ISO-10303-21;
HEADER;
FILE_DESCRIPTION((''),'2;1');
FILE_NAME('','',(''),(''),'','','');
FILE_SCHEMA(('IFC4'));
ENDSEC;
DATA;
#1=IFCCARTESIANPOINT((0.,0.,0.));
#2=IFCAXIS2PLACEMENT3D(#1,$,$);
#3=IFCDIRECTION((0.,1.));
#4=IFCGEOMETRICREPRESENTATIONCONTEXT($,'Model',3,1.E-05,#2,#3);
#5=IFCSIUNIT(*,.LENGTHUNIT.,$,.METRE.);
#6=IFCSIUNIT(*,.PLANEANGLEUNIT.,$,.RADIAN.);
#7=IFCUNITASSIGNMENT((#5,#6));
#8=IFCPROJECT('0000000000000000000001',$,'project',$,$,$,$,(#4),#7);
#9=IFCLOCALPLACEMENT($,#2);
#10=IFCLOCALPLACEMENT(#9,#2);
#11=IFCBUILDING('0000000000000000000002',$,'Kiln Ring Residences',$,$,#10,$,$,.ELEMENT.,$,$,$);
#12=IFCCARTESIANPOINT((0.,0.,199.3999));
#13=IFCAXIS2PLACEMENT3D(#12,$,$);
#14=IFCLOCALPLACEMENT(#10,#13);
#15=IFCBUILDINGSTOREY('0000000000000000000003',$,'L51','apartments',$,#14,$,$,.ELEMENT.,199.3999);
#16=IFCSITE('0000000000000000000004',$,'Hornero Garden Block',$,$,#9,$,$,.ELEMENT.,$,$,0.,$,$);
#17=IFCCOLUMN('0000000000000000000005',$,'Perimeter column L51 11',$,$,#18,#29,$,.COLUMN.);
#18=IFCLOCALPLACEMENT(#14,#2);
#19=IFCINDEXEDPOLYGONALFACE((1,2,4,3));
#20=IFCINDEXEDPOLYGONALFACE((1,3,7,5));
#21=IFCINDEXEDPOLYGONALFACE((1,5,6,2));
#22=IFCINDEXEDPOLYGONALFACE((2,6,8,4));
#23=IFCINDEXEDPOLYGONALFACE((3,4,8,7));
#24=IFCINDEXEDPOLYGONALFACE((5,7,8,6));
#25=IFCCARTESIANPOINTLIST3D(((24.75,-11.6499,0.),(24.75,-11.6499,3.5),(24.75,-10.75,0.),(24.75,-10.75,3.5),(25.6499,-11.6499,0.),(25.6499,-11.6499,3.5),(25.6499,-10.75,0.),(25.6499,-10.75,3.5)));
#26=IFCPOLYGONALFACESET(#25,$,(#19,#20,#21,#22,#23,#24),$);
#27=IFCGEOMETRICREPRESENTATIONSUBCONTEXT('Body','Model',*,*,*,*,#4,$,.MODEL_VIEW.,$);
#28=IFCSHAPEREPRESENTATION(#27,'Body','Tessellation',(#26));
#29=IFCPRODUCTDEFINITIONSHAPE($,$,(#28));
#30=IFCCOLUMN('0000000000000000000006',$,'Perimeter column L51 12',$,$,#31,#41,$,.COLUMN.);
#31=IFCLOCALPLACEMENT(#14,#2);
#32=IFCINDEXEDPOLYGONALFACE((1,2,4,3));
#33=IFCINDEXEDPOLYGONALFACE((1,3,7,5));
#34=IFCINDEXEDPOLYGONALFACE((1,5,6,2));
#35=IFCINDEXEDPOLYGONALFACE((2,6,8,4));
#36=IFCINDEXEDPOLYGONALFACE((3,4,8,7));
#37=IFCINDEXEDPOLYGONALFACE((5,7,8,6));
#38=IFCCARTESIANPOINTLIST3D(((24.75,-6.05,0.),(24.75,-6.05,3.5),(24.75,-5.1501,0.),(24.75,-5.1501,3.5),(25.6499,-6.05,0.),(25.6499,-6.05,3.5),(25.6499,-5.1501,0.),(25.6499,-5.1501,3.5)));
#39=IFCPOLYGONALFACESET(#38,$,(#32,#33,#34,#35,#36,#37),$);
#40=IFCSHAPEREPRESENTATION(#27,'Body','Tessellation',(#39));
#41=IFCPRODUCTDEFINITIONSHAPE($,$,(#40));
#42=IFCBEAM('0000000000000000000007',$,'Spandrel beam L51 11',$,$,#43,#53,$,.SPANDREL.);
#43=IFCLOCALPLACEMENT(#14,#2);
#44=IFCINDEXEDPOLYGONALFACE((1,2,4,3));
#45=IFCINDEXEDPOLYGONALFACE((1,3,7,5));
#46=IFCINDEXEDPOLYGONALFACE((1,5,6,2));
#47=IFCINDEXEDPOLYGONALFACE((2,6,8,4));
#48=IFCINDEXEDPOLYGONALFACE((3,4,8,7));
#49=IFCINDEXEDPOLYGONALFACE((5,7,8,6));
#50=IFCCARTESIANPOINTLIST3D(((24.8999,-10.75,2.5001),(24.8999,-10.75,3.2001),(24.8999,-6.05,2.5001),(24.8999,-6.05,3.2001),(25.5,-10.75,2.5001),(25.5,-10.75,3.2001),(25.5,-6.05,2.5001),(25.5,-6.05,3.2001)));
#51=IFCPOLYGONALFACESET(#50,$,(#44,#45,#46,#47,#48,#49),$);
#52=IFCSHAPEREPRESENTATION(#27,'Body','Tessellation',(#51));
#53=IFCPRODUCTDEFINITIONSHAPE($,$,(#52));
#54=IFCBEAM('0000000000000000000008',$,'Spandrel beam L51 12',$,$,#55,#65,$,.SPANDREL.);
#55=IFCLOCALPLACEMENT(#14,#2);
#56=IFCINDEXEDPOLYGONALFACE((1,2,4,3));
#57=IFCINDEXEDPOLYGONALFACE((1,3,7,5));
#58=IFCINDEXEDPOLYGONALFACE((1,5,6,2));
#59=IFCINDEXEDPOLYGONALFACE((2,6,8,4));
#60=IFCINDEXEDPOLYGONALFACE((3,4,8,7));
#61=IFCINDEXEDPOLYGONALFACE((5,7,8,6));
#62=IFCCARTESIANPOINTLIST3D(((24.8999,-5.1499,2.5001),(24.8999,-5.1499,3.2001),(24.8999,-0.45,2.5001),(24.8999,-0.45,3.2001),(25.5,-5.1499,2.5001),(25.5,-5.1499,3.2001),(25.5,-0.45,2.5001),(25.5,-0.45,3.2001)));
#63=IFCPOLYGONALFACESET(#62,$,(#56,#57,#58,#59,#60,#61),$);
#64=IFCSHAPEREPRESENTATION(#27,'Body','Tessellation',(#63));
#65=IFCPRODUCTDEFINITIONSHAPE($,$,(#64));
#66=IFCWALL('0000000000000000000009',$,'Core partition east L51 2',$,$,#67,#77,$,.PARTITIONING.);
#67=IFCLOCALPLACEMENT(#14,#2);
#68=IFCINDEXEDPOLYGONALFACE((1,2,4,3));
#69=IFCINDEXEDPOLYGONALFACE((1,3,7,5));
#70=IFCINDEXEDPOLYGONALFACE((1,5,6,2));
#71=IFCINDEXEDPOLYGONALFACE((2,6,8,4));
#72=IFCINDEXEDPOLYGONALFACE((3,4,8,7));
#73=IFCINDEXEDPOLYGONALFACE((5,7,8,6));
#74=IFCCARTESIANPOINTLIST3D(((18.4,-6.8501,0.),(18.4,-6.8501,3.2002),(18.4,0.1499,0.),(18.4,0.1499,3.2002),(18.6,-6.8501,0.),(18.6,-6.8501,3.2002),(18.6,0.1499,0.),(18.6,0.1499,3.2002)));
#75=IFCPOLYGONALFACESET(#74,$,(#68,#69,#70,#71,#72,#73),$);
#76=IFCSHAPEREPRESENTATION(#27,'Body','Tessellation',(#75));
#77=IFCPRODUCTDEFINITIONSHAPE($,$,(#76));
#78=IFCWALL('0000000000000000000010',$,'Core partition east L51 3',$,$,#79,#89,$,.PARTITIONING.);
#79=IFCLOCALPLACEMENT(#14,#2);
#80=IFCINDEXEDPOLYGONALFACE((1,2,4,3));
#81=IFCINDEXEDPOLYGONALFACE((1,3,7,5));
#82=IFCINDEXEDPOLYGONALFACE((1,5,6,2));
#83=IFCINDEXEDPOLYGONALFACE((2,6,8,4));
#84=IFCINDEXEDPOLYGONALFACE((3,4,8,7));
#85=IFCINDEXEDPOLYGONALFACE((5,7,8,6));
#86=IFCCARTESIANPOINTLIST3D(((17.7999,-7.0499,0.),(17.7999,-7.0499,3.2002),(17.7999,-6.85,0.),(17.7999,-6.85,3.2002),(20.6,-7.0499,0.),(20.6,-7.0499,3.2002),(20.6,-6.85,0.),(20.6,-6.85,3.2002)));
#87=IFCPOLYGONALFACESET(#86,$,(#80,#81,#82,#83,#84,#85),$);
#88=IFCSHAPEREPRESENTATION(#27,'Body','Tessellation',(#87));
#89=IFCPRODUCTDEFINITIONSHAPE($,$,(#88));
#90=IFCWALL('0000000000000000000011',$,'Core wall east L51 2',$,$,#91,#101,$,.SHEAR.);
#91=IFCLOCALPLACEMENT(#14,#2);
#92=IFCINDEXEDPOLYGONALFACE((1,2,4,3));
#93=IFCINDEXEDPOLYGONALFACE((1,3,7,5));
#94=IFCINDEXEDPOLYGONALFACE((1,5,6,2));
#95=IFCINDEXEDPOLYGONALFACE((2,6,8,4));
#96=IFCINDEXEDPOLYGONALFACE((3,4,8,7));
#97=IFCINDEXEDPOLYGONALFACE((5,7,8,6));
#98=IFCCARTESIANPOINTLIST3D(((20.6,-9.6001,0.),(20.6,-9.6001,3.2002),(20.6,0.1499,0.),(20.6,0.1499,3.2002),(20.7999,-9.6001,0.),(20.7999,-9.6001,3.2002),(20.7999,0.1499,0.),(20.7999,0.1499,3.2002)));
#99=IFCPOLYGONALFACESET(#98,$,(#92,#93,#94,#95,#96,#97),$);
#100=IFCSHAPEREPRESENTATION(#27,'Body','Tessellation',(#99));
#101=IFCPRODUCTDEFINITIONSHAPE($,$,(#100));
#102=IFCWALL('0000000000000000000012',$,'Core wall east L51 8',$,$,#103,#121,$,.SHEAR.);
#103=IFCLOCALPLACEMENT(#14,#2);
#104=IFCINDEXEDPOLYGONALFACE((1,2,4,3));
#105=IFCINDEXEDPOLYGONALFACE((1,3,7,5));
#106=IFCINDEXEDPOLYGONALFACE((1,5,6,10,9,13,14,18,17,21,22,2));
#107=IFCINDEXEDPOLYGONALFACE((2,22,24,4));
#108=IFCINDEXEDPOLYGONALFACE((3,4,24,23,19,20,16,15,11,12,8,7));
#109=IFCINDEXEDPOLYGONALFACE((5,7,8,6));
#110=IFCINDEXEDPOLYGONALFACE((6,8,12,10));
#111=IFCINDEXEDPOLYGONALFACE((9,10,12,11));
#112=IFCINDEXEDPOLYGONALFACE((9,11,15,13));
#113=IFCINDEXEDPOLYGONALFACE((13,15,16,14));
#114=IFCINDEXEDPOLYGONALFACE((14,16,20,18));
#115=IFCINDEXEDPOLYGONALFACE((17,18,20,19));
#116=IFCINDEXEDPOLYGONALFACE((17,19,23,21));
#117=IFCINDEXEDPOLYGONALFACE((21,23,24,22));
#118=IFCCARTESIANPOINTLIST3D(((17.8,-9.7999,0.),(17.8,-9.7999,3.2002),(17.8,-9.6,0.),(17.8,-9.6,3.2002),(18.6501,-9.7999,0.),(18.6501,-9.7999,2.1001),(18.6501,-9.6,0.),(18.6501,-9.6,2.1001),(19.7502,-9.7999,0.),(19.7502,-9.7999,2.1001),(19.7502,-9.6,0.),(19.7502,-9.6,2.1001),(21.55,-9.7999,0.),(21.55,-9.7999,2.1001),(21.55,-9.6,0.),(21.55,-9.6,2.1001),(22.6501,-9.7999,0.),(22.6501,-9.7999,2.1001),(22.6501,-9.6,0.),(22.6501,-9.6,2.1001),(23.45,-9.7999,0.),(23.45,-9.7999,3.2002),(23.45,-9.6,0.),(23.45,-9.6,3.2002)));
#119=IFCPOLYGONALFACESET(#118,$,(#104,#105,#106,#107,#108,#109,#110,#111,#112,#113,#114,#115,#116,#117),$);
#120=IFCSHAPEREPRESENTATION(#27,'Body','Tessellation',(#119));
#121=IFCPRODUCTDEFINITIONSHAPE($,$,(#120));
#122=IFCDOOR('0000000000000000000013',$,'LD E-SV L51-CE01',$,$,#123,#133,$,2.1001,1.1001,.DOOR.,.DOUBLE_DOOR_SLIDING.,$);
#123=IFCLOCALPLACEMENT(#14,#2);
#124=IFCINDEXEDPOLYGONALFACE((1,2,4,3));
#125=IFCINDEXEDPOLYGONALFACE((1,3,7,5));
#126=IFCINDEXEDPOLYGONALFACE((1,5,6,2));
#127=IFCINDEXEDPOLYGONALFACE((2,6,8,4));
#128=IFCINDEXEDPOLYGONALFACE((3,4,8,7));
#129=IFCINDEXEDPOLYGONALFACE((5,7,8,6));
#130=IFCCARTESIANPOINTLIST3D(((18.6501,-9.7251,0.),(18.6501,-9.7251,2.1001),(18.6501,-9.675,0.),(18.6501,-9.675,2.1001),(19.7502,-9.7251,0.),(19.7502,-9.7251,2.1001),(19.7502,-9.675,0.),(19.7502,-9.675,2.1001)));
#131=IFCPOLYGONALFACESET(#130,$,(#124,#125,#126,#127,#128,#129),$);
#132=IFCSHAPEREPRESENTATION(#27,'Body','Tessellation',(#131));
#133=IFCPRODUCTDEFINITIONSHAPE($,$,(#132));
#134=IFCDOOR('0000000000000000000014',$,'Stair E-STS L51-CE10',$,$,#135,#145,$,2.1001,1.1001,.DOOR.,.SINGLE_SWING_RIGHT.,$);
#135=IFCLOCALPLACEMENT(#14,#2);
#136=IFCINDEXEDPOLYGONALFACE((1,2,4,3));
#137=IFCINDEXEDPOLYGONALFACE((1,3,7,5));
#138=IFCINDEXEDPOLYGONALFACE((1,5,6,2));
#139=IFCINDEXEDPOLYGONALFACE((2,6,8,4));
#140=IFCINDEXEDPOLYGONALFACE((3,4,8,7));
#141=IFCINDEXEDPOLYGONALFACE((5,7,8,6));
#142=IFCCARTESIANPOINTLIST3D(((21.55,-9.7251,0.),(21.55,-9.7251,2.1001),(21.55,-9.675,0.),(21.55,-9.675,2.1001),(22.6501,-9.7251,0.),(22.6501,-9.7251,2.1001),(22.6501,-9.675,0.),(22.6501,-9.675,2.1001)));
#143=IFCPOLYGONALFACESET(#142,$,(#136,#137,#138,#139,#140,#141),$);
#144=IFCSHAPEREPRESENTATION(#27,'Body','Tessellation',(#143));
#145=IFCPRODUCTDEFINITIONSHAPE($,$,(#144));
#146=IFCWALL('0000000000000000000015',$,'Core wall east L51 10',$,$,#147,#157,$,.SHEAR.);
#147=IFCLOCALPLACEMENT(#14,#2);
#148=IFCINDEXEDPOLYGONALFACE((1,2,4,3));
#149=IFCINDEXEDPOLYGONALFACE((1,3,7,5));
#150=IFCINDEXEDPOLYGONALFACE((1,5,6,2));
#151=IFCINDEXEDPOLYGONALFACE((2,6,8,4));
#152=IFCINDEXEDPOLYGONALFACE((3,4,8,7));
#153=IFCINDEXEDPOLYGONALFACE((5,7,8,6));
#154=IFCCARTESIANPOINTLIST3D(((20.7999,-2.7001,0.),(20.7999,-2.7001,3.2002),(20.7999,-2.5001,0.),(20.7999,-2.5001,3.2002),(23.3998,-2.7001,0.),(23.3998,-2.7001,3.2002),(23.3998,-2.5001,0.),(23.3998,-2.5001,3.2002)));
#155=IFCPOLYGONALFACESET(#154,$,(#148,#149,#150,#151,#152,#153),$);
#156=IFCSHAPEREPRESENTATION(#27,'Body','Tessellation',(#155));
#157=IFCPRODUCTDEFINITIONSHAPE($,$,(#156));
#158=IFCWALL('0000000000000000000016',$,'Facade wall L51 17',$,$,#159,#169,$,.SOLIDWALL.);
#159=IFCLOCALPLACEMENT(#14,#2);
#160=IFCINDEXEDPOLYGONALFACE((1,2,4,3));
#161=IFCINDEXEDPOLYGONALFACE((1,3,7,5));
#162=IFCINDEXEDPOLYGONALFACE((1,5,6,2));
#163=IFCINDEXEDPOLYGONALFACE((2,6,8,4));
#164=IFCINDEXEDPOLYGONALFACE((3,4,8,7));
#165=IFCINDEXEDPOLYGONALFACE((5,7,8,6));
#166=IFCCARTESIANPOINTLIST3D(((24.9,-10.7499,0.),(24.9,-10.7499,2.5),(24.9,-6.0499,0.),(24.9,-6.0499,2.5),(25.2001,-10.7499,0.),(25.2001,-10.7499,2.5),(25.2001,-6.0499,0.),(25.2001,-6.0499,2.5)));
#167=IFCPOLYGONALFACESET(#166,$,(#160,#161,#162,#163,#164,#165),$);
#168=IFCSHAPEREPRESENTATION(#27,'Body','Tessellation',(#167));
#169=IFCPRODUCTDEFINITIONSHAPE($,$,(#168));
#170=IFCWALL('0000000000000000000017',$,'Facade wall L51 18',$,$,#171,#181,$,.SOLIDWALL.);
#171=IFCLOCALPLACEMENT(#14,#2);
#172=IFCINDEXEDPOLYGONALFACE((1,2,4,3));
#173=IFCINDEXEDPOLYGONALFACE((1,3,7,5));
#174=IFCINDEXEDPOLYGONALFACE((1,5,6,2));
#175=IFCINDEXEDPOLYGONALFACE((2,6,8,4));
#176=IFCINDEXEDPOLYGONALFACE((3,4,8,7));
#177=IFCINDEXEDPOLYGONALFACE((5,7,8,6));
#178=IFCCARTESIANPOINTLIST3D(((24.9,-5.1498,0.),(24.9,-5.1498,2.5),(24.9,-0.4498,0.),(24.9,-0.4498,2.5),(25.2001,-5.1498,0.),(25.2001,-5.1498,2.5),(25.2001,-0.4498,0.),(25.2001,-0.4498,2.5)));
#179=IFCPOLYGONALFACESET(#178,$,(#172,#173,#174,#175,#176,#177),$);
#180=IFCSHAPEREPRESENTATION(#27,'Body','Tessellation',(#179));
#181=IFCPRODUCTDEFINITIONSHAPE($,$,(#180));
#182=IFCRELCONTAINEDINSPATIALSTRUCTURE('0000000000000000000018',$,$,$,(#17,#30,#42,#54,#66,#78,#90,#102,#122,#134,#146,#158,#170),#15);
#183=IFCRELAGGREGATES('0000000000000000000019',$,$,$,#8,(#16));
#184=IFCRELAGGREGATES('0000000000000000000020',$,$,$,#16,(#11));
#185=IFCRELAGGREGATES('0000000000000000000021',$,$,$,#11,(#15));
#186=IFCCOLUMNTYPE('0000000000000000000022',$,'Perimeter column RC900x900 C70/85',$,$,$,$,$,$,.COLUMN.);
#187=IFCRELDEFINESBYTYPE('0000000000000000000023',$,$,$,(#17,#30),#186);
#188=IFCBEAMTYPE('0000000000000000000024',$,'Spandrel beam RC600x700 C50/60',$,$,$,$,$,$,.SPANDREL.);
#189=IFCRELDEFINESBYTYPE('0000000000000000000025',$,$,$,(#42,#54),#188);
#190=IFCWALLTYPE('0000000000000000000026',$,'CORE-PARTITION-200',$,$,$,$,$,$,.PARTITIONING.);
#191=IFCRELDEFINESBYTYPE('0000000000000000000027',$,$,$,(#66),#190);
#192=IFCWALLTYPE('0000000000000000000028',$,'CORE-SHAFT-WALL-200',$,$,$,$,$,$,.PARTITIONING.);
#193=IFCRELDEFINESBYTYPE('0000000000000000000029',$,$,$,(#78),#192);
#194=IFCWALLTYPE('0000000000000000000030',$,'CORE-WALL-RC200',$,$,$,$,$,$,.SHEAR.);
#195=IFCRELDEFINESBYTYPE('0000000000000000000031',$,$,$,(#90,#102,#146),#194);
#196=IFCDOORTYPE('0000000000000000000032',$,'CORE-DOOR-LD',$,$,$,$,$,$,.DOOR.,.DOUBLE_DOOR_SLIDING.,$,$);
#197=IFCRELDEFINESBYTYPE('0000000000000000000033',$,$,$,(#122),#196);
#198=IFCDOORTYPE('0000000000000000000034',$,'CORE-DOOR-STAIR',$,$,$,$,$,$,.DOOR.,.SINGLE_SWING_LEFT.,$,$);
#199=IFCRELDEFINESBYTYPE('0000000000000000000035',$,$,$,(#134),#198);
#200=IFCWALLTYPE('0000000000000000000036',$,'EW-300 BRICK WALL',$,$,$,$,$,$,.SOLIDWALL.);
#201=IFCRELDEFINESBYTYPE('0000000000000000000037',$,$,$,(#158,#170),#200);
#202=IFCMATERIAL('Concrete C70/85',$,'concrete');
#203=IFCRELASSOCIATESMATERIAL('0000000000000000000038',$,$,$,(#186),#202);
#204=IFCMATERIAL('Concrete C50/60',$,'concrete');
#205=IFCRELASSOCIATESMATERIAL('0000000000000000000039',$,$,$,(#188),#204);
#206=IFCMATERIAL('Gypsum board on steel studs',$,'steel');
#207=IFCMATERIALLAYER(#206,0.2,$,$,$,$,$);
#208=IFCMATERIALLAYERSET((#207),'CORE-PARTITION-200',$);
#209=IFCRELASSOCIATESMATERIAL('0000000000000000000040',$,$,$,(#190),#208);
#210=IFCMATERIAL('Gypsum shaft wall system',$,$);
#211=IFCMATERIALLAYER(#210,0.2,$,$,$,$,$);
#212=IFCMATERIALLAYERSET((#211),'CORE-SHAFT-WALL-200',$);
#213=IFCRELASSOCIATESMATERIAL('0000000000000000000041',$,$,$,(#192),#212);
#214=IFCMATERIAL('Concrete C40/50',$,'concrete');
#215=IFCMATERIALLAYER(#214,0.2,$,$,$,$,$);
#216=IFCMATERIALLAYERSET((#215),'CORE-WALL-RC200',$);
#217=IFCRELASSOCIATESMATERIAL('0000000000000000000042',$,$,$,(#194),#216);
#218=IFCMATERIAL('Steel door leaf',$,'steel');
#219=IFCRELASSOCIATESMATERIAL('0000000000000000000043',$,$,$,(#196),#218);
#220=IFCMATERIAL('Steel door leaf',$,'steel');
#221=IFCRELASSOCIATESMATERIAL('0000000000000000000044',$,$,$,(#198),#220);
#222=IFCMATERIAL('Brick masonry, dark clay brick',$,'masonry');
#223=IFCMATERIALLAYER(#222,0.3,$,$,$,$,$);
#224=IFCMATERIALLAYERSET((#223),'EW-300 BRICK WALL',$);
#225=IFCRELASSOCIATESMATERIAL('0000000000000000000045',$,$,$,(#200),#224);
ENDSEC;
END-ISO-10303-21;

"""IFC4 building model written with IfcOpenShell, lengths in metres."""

from ifc_helpers import new_model, si_unit, direction, frame, frame_2d, origin, origin_2d, place, context, subcontext, project, spatial, rectangle, extrude, material, layer, layer_set, material_profile, profile_set, type_object, element, fill, save


model = new_model("IFC4")

# Units and contexts
model_context = context("Model", 3, precision=1e-05, world=origin(), true_north=direction((0.0, 1.0)))
body_context = subcontext(model_context, "Body", "Model", "MODEL_VIEW")
ifc_project = project(units=[si_unit("LENGTHUNIT", "METRE"), si_unit("PLANEANGLEUNIT", "RADIAN")], contexts=[model_context])

# Site, building, storey
site_placement = place(None, origin())
site = spatial("IfcSite", under=ifc_project, at=site_placement, Name="Hornero Garden Block", CompositionType="ELEMENT", RefElevation=0.0)
building_placement = place(site_placement, origin())
building = spatial("IfcBuilding", under=site, at=building_placement, Name="Kiln Ring Residences", CompositionType="ELEMENT")
storey_placement = place(building_placement, frame((0.0, 0.0, 199.3999)))
storey = spatial("IfcBuildingStorey", under=building, at=storey_placement, Name="L51", Description="apartments", CompositionType="ELEMENT", Elevation=199.3999)

# Columns
ifc_material_1 = material(Name="Concrete C70/85", Category="concrete")
ifc_material_profile_1 = material_profile(ifc_material_1, rectangle(XDim=0.8999, YDim=0.8999, at=origin_2d()), Name="RC900x900")
ifc_profile_set_1 = profile_set([ifc_material_profile_1], Name="Concrete C70/85")
column_type = type_object("IfcColumnType", Name="Perimeter column RC900x900 C70/85", PredefinedType="COLUMN", material=ifc_profile_set_1)
for number, where, z_axis, x_axis, name in (
    (1, (25.2, -11.2, 0.0), (0.0, 0.0, 1.0), (1.0, 0.0, 0.0), "Perimeter column L51 11"),
    (2, (25.2, -5.6001, 0.0), (0.0, 0.0, 1.0), (1.0, 0.0, 0.0), "Perimeter column L51 12"),
):
    element("IfcColumn", number, at=place(storey_placement, frame(where, z_axis=z_axis, x_axis=x_axis)), inside=storey, type_object=column_type, Name=name, PredefinedType="COLUMN", context=body_context, shape_type="SweptSolid", body=[
        extrude(rectangle(XDim=0.8999, YDim=0.8999, at=origin_2d()), origin(), (0.0, 0.0, 1.0), 3.5),
    ])

# Beams
ifc_material_2 = material(Name="Concrete C50/60", Category="concrete")
ifc_material_profile_2 = material_profile(ifc_material_2, rectangle(XDim=0.6001, YDim=0.7, at=origin_2d()), Name="RC600x700")
ifc_profile_set_2 = profile_set([ifc_material_profile_2], Name="Concrete C50/60")
beam_type = type_object("IfcBeamType", Name="Spandrel beam RC600x700 C50/60", PredefinedType="SPANDREL", material=ifc_profile_set_2)
for number, where, z_axis, x_axis, name in (
    (3, (25.2, -10.75, 2.8501), (0.0, 1.0, 0.0), (-1.0, 0.0, 0.0), "Spandrel beam L51 11"),
    (4, (25.2, -5.1499, 2.8501), (0.0, 1.0, 0.0), (-1.0, 0.0, 0.0), "Spandrel beam L51 12"),
):
    element("IfcBeam", number, at=place(storey_placement, frame(where, z_axis=z_axis, x_axis=x_axis)), inside=storey, type_object=beam_type, Name=name, PredefinedType="SPANDREL", context=body_context, shape_type="SweptSolid", body=[
        extrude(rectangle(XDim=0.6001, YDim=0.7, at=origin_2d()), origin(), (0.0, 0.0, 1.0), 4.7),
    ])

# Walls
ifc_material_3 = material(Name="Gypsum board on steel studs", Category="steel")
ifc_layer_1 = layer(ifc_material_3, 0.2)
ifc_layer_set_1 = layer_set([ifc_layer_1], Name="CORE-PARTITION-200")
wall_type_1 = type_object("IfcWallType", Name="CORE-PARTITION-200", PredefinedType="PARTITIONING", material=ifc_layer_set_1)
wall_1_placement = place(storey_placement, frame((18.5, -6.8501, 0.0), z_axis=(0.0, 0.0, 1.0), x_axis=(0.0, 1.0, 0.0)))
element("IfcWall", 5, at=wall_1_placement, inside=storey, type_object=wall_type_1, Name="Core partition east L51 2", PredefinedType="PARTITIONING", context=body_context, shape_type="SweptSolid", body=[
    extrude(rectangle(XDim=7.0, YDim=0.2, at=frame_2d((3.5, 0.0))), origin(), (0.0, 0.0, 1.0), 3.2002),
])
ifc_material_4 = material(Name="Gypsum shaft wall system")
ifc_layer_2 = layer(ifc_material_4, 0.2)
ifc_layer_set_2 = layer_set([ifc_layer_2], Name="CORE-SHAFT-WALL-200")
wall_type_2 = type_object("IfcWallType", Name="CORE-SHAFT-WALL-200", PredefinedType="PARTITIONING", material=ifc_layer_set_2)
wall_2_placement = place(storey_placement, frame((17.8, -6.95, 0.0), z_axis=(0.0, 0.0, 1.0), x_axis=(1.0, 0.0, 0.0)))
element("IfcWall", 6, at=wall_2_placement, inside=storey, type_object=wall_type_2, Name="Core partition east L51 3", PredefinedType="PARTITIONING", context=body_context, shape_type="SweptSolid", body=[
    extrude(rectangle(XDim=2.8, YDim=0.2, at=frame_2d((1.3999, 0.0))), origin(), (0.0, 0.0, 1.0), 3.2002),
])
ifc_material_5 = material(Name="Concrete C40/50", Category="concrete")
ifc_layer_3 = layer(ifc_material_5, 0.2)
ifc_layer_set_3 = layer_set([ifc_layer_3], Name="CORE-WALL-RC200")
wall_type_3 = type_object("IfcWallType", Name="CORE-WALL-RC200", PredefinedType="SHEAR", material=ifc_layer_set_3)
wall_3_placement = place(storey_placement, frame((20.7, -9.6001, 0.0), z_axis=(0.0, 0.0, 1.0), x_axis=(0.0, 1.0, 0.0)))
element("IfcWall", 7, at=wall_3_placement, inside=storey, type_object=wall_type_3, Name="Core wall east L51 2", PredefinedType="SHEAR", context=body_context, shape_type="SweptSolid", body=[
    extrude(rectangle(XDim=9.75, YDim=0.2, at=frame_2d((4.875, 0.0))), origin(), (0.0, 0.0, 1.0), 3.2002),
])

# Wall, openings, doors
wall_4_placement = place(storey_placement, frame((17.8, -9.7, 0.0), z_axis=(0.0, 0.0, 1.0), x_axis=(1.0, 0.0, 0.0)))
wall_4 = element("IfcWall", 8, at=wall_4_placement, inside=storey, type_object=wall_type_3, Name="Core wall east L51 8", PredefinedType="SHEAR", context=body_context, shape_type="SweptSolid", body=[
    extrude(rectangle(XDim=5.6499, YDim=0.2, at=frame_2d((2.825, 0.0))), origin(), (0.0, 0.0, 1.0), 3.2002),
])
opening_1_placement = place(wall_4_placement, frame((0.8501, 0.0, 0.0)))
opening_1 = element("IfcOpeningElement", 9, at=opening_1_placement, cuts=wall_4, PredefinedType="OPENING", context=body_context, shape_type="SweptSolid", body=[
    extrude(rectangle(XDim=1.1001, YDim=2.1001, at=frame_2d((0.55, 1.05))), frame((0.0, 0.1099, 0.0), z_axis=(0.0, -1.0, 0.0), x_axis=(1.0, 0.0, 0.0)), (0.0, 0.0, 1.0), 0.22),
])
opening_2_placement = place(wall_4_placement, frame((3.75, 0.0, 0.0)))
opening_2 = element("IfcOpeningElement", 10, at=opening_2_placement, cuts=wall_4, PredefinedType="OPENING", context=body_context, shape_type="SweptSolid", body=[
    extrude(rectangle(XDim=1.1001, YDim=2.1001, at=frame_2d((0.55, 1.05))), frame((0.0, 0.1099, 0.0), z_axis=(0.0, -1.0, 0.0), x_axis=(1.0, 0.0, 0.0)), (0.0, 0.0, 1.0), 0.22),
])
ifc_material_6 = material(Name="Steel door leaf", Category="steel")
door_type_1 = type_object("IfcDoorType", Name="CORE-DOOR-LD", OperationType="DOUBLE_DOOR_SLIDING", PredefinedType="DOOR", material=ifc_material_6)
door_1_placement = place(opening_1_placement, origin())
door_1 = element("IfcDoor", 11, at=door_1_placement, inside=storey, type_object=door_type_1, Name="LD E-SV L51-CE01", OperationType="DOUBLE_DOOR_SLIDING", OverallHeight=2.1001, OverallWidth=1.1001, PredefinedType="DOOR", context=body_context, shape_type="SweptSolid", body=[
    extrude(rectangle(XDim=1.1001, YDim=2.1001, at=frame_2d((0.55, 1.05))), frame((0.0, 0.0249, 0.0), z_axis=(0.0, -1.0, 0.0), x_axis=(1.0, 0.0, 0.0)), (0.0, 0.0, 1.0), 0.05),
])
fill(opening_1, door_1)
ifc_material_7 = material(Name="Steel door leaf", Category="steel")
door_type_2 = type_object("IfcDoorType", Name="CORE-DOOR-STAIR", OperationType="SINGLE_SWING_LEFT", PredefinedType="DOOR", material=ifc_material_7)
door_2_placement = place(opening_2_placement, origin())
door_2 = element("IfcDoor", 12, at=door_2_placement, inside=storey, type_object=door_type_2, Name="Stair E-STS L51-CE10", OperationType="SINGLE_SWING_RIGHT", OverallHeight=2.1001, OverallWidth=1.1001, PredefinedType="DOOR", context=body_context, shape_type="SweptSolid", body=[
    extrude(rectangle(XDim=1.1001, YDim=2.1001, at=frame_2d((0.55, 1.05))), frame((0.0, 0.0249, 0.0), z_axis=(0.0, -1.0, 0.0), x_axis=(1.0, 0.0, 0.0)), (0.0, 0.0, 1.0), 0.05),
])
fill(opening_2, door_2)

# Walls
wall_5_placement = place(storey_placement, frame((20.8, -2.6001, 0.0), z_axis=(0.0, 0.0, 1.0), x_axis=(1.0, 0.0, 0.0)))
element("IfcWall", 13, at=wall_5_placement, inside=storey, type_object=wall_type_3, Name="Core wall east L51 10", PredefinedType="SHEAR", context=body_context, shape_type="SweptSolid", body=[
    extrude(rectangle(XDim=2.5999, YDim=0.2, at=frame_2d((1.2998, 0.0))), origin(), (0.0, 0.0, 1.0), 3.2002),
])
ifc_material_8 = material(Name="Brick masonry, dark clay brick", Category="masonry")
ifc_layer_4 = layer(ifc_material_8, 0.3)
ifc_layer_set_4 = layer_set([ifc_layer_4], Name="EW-300 BRICK WALL")
wall_type_4 = type_object("IfcWallType", Name="EW-300 BRICK WALL", PredefinedType="SOLIDWALL", material=ifc_layer_set_4)
for number, where, z_axis, x_axis, name in (
    (14, (25.05, -10.75, 0.0), (0.0, 0.0, 1.0), (0.0, 1.0, 0.0), "Facade wall L51 17"),
    (15, (25.05, -5.1499, 0.0), (0.0, 0.0, 1.0), (0.0, 1.0, 0.0), "Facade wall L51 18"),
):
    element("IfcWall", number, at=place(storey_placement, frame(where, z_axis=z_axis, x_axis=x_axis)), inside=storey, type_object=wall_type_4, Name=name, PredefinedType="SOLIDWALL", context=body_context, shape_type="SweptSolid", body=[
        extrude(rectangle(XDim=4.7, YDim=0.3, at=frame_2d((2.3501, 0.0))), origin(), (0.0, 0.0, 1.0), 2.5),
    ])

save(model, "model.ifc")
